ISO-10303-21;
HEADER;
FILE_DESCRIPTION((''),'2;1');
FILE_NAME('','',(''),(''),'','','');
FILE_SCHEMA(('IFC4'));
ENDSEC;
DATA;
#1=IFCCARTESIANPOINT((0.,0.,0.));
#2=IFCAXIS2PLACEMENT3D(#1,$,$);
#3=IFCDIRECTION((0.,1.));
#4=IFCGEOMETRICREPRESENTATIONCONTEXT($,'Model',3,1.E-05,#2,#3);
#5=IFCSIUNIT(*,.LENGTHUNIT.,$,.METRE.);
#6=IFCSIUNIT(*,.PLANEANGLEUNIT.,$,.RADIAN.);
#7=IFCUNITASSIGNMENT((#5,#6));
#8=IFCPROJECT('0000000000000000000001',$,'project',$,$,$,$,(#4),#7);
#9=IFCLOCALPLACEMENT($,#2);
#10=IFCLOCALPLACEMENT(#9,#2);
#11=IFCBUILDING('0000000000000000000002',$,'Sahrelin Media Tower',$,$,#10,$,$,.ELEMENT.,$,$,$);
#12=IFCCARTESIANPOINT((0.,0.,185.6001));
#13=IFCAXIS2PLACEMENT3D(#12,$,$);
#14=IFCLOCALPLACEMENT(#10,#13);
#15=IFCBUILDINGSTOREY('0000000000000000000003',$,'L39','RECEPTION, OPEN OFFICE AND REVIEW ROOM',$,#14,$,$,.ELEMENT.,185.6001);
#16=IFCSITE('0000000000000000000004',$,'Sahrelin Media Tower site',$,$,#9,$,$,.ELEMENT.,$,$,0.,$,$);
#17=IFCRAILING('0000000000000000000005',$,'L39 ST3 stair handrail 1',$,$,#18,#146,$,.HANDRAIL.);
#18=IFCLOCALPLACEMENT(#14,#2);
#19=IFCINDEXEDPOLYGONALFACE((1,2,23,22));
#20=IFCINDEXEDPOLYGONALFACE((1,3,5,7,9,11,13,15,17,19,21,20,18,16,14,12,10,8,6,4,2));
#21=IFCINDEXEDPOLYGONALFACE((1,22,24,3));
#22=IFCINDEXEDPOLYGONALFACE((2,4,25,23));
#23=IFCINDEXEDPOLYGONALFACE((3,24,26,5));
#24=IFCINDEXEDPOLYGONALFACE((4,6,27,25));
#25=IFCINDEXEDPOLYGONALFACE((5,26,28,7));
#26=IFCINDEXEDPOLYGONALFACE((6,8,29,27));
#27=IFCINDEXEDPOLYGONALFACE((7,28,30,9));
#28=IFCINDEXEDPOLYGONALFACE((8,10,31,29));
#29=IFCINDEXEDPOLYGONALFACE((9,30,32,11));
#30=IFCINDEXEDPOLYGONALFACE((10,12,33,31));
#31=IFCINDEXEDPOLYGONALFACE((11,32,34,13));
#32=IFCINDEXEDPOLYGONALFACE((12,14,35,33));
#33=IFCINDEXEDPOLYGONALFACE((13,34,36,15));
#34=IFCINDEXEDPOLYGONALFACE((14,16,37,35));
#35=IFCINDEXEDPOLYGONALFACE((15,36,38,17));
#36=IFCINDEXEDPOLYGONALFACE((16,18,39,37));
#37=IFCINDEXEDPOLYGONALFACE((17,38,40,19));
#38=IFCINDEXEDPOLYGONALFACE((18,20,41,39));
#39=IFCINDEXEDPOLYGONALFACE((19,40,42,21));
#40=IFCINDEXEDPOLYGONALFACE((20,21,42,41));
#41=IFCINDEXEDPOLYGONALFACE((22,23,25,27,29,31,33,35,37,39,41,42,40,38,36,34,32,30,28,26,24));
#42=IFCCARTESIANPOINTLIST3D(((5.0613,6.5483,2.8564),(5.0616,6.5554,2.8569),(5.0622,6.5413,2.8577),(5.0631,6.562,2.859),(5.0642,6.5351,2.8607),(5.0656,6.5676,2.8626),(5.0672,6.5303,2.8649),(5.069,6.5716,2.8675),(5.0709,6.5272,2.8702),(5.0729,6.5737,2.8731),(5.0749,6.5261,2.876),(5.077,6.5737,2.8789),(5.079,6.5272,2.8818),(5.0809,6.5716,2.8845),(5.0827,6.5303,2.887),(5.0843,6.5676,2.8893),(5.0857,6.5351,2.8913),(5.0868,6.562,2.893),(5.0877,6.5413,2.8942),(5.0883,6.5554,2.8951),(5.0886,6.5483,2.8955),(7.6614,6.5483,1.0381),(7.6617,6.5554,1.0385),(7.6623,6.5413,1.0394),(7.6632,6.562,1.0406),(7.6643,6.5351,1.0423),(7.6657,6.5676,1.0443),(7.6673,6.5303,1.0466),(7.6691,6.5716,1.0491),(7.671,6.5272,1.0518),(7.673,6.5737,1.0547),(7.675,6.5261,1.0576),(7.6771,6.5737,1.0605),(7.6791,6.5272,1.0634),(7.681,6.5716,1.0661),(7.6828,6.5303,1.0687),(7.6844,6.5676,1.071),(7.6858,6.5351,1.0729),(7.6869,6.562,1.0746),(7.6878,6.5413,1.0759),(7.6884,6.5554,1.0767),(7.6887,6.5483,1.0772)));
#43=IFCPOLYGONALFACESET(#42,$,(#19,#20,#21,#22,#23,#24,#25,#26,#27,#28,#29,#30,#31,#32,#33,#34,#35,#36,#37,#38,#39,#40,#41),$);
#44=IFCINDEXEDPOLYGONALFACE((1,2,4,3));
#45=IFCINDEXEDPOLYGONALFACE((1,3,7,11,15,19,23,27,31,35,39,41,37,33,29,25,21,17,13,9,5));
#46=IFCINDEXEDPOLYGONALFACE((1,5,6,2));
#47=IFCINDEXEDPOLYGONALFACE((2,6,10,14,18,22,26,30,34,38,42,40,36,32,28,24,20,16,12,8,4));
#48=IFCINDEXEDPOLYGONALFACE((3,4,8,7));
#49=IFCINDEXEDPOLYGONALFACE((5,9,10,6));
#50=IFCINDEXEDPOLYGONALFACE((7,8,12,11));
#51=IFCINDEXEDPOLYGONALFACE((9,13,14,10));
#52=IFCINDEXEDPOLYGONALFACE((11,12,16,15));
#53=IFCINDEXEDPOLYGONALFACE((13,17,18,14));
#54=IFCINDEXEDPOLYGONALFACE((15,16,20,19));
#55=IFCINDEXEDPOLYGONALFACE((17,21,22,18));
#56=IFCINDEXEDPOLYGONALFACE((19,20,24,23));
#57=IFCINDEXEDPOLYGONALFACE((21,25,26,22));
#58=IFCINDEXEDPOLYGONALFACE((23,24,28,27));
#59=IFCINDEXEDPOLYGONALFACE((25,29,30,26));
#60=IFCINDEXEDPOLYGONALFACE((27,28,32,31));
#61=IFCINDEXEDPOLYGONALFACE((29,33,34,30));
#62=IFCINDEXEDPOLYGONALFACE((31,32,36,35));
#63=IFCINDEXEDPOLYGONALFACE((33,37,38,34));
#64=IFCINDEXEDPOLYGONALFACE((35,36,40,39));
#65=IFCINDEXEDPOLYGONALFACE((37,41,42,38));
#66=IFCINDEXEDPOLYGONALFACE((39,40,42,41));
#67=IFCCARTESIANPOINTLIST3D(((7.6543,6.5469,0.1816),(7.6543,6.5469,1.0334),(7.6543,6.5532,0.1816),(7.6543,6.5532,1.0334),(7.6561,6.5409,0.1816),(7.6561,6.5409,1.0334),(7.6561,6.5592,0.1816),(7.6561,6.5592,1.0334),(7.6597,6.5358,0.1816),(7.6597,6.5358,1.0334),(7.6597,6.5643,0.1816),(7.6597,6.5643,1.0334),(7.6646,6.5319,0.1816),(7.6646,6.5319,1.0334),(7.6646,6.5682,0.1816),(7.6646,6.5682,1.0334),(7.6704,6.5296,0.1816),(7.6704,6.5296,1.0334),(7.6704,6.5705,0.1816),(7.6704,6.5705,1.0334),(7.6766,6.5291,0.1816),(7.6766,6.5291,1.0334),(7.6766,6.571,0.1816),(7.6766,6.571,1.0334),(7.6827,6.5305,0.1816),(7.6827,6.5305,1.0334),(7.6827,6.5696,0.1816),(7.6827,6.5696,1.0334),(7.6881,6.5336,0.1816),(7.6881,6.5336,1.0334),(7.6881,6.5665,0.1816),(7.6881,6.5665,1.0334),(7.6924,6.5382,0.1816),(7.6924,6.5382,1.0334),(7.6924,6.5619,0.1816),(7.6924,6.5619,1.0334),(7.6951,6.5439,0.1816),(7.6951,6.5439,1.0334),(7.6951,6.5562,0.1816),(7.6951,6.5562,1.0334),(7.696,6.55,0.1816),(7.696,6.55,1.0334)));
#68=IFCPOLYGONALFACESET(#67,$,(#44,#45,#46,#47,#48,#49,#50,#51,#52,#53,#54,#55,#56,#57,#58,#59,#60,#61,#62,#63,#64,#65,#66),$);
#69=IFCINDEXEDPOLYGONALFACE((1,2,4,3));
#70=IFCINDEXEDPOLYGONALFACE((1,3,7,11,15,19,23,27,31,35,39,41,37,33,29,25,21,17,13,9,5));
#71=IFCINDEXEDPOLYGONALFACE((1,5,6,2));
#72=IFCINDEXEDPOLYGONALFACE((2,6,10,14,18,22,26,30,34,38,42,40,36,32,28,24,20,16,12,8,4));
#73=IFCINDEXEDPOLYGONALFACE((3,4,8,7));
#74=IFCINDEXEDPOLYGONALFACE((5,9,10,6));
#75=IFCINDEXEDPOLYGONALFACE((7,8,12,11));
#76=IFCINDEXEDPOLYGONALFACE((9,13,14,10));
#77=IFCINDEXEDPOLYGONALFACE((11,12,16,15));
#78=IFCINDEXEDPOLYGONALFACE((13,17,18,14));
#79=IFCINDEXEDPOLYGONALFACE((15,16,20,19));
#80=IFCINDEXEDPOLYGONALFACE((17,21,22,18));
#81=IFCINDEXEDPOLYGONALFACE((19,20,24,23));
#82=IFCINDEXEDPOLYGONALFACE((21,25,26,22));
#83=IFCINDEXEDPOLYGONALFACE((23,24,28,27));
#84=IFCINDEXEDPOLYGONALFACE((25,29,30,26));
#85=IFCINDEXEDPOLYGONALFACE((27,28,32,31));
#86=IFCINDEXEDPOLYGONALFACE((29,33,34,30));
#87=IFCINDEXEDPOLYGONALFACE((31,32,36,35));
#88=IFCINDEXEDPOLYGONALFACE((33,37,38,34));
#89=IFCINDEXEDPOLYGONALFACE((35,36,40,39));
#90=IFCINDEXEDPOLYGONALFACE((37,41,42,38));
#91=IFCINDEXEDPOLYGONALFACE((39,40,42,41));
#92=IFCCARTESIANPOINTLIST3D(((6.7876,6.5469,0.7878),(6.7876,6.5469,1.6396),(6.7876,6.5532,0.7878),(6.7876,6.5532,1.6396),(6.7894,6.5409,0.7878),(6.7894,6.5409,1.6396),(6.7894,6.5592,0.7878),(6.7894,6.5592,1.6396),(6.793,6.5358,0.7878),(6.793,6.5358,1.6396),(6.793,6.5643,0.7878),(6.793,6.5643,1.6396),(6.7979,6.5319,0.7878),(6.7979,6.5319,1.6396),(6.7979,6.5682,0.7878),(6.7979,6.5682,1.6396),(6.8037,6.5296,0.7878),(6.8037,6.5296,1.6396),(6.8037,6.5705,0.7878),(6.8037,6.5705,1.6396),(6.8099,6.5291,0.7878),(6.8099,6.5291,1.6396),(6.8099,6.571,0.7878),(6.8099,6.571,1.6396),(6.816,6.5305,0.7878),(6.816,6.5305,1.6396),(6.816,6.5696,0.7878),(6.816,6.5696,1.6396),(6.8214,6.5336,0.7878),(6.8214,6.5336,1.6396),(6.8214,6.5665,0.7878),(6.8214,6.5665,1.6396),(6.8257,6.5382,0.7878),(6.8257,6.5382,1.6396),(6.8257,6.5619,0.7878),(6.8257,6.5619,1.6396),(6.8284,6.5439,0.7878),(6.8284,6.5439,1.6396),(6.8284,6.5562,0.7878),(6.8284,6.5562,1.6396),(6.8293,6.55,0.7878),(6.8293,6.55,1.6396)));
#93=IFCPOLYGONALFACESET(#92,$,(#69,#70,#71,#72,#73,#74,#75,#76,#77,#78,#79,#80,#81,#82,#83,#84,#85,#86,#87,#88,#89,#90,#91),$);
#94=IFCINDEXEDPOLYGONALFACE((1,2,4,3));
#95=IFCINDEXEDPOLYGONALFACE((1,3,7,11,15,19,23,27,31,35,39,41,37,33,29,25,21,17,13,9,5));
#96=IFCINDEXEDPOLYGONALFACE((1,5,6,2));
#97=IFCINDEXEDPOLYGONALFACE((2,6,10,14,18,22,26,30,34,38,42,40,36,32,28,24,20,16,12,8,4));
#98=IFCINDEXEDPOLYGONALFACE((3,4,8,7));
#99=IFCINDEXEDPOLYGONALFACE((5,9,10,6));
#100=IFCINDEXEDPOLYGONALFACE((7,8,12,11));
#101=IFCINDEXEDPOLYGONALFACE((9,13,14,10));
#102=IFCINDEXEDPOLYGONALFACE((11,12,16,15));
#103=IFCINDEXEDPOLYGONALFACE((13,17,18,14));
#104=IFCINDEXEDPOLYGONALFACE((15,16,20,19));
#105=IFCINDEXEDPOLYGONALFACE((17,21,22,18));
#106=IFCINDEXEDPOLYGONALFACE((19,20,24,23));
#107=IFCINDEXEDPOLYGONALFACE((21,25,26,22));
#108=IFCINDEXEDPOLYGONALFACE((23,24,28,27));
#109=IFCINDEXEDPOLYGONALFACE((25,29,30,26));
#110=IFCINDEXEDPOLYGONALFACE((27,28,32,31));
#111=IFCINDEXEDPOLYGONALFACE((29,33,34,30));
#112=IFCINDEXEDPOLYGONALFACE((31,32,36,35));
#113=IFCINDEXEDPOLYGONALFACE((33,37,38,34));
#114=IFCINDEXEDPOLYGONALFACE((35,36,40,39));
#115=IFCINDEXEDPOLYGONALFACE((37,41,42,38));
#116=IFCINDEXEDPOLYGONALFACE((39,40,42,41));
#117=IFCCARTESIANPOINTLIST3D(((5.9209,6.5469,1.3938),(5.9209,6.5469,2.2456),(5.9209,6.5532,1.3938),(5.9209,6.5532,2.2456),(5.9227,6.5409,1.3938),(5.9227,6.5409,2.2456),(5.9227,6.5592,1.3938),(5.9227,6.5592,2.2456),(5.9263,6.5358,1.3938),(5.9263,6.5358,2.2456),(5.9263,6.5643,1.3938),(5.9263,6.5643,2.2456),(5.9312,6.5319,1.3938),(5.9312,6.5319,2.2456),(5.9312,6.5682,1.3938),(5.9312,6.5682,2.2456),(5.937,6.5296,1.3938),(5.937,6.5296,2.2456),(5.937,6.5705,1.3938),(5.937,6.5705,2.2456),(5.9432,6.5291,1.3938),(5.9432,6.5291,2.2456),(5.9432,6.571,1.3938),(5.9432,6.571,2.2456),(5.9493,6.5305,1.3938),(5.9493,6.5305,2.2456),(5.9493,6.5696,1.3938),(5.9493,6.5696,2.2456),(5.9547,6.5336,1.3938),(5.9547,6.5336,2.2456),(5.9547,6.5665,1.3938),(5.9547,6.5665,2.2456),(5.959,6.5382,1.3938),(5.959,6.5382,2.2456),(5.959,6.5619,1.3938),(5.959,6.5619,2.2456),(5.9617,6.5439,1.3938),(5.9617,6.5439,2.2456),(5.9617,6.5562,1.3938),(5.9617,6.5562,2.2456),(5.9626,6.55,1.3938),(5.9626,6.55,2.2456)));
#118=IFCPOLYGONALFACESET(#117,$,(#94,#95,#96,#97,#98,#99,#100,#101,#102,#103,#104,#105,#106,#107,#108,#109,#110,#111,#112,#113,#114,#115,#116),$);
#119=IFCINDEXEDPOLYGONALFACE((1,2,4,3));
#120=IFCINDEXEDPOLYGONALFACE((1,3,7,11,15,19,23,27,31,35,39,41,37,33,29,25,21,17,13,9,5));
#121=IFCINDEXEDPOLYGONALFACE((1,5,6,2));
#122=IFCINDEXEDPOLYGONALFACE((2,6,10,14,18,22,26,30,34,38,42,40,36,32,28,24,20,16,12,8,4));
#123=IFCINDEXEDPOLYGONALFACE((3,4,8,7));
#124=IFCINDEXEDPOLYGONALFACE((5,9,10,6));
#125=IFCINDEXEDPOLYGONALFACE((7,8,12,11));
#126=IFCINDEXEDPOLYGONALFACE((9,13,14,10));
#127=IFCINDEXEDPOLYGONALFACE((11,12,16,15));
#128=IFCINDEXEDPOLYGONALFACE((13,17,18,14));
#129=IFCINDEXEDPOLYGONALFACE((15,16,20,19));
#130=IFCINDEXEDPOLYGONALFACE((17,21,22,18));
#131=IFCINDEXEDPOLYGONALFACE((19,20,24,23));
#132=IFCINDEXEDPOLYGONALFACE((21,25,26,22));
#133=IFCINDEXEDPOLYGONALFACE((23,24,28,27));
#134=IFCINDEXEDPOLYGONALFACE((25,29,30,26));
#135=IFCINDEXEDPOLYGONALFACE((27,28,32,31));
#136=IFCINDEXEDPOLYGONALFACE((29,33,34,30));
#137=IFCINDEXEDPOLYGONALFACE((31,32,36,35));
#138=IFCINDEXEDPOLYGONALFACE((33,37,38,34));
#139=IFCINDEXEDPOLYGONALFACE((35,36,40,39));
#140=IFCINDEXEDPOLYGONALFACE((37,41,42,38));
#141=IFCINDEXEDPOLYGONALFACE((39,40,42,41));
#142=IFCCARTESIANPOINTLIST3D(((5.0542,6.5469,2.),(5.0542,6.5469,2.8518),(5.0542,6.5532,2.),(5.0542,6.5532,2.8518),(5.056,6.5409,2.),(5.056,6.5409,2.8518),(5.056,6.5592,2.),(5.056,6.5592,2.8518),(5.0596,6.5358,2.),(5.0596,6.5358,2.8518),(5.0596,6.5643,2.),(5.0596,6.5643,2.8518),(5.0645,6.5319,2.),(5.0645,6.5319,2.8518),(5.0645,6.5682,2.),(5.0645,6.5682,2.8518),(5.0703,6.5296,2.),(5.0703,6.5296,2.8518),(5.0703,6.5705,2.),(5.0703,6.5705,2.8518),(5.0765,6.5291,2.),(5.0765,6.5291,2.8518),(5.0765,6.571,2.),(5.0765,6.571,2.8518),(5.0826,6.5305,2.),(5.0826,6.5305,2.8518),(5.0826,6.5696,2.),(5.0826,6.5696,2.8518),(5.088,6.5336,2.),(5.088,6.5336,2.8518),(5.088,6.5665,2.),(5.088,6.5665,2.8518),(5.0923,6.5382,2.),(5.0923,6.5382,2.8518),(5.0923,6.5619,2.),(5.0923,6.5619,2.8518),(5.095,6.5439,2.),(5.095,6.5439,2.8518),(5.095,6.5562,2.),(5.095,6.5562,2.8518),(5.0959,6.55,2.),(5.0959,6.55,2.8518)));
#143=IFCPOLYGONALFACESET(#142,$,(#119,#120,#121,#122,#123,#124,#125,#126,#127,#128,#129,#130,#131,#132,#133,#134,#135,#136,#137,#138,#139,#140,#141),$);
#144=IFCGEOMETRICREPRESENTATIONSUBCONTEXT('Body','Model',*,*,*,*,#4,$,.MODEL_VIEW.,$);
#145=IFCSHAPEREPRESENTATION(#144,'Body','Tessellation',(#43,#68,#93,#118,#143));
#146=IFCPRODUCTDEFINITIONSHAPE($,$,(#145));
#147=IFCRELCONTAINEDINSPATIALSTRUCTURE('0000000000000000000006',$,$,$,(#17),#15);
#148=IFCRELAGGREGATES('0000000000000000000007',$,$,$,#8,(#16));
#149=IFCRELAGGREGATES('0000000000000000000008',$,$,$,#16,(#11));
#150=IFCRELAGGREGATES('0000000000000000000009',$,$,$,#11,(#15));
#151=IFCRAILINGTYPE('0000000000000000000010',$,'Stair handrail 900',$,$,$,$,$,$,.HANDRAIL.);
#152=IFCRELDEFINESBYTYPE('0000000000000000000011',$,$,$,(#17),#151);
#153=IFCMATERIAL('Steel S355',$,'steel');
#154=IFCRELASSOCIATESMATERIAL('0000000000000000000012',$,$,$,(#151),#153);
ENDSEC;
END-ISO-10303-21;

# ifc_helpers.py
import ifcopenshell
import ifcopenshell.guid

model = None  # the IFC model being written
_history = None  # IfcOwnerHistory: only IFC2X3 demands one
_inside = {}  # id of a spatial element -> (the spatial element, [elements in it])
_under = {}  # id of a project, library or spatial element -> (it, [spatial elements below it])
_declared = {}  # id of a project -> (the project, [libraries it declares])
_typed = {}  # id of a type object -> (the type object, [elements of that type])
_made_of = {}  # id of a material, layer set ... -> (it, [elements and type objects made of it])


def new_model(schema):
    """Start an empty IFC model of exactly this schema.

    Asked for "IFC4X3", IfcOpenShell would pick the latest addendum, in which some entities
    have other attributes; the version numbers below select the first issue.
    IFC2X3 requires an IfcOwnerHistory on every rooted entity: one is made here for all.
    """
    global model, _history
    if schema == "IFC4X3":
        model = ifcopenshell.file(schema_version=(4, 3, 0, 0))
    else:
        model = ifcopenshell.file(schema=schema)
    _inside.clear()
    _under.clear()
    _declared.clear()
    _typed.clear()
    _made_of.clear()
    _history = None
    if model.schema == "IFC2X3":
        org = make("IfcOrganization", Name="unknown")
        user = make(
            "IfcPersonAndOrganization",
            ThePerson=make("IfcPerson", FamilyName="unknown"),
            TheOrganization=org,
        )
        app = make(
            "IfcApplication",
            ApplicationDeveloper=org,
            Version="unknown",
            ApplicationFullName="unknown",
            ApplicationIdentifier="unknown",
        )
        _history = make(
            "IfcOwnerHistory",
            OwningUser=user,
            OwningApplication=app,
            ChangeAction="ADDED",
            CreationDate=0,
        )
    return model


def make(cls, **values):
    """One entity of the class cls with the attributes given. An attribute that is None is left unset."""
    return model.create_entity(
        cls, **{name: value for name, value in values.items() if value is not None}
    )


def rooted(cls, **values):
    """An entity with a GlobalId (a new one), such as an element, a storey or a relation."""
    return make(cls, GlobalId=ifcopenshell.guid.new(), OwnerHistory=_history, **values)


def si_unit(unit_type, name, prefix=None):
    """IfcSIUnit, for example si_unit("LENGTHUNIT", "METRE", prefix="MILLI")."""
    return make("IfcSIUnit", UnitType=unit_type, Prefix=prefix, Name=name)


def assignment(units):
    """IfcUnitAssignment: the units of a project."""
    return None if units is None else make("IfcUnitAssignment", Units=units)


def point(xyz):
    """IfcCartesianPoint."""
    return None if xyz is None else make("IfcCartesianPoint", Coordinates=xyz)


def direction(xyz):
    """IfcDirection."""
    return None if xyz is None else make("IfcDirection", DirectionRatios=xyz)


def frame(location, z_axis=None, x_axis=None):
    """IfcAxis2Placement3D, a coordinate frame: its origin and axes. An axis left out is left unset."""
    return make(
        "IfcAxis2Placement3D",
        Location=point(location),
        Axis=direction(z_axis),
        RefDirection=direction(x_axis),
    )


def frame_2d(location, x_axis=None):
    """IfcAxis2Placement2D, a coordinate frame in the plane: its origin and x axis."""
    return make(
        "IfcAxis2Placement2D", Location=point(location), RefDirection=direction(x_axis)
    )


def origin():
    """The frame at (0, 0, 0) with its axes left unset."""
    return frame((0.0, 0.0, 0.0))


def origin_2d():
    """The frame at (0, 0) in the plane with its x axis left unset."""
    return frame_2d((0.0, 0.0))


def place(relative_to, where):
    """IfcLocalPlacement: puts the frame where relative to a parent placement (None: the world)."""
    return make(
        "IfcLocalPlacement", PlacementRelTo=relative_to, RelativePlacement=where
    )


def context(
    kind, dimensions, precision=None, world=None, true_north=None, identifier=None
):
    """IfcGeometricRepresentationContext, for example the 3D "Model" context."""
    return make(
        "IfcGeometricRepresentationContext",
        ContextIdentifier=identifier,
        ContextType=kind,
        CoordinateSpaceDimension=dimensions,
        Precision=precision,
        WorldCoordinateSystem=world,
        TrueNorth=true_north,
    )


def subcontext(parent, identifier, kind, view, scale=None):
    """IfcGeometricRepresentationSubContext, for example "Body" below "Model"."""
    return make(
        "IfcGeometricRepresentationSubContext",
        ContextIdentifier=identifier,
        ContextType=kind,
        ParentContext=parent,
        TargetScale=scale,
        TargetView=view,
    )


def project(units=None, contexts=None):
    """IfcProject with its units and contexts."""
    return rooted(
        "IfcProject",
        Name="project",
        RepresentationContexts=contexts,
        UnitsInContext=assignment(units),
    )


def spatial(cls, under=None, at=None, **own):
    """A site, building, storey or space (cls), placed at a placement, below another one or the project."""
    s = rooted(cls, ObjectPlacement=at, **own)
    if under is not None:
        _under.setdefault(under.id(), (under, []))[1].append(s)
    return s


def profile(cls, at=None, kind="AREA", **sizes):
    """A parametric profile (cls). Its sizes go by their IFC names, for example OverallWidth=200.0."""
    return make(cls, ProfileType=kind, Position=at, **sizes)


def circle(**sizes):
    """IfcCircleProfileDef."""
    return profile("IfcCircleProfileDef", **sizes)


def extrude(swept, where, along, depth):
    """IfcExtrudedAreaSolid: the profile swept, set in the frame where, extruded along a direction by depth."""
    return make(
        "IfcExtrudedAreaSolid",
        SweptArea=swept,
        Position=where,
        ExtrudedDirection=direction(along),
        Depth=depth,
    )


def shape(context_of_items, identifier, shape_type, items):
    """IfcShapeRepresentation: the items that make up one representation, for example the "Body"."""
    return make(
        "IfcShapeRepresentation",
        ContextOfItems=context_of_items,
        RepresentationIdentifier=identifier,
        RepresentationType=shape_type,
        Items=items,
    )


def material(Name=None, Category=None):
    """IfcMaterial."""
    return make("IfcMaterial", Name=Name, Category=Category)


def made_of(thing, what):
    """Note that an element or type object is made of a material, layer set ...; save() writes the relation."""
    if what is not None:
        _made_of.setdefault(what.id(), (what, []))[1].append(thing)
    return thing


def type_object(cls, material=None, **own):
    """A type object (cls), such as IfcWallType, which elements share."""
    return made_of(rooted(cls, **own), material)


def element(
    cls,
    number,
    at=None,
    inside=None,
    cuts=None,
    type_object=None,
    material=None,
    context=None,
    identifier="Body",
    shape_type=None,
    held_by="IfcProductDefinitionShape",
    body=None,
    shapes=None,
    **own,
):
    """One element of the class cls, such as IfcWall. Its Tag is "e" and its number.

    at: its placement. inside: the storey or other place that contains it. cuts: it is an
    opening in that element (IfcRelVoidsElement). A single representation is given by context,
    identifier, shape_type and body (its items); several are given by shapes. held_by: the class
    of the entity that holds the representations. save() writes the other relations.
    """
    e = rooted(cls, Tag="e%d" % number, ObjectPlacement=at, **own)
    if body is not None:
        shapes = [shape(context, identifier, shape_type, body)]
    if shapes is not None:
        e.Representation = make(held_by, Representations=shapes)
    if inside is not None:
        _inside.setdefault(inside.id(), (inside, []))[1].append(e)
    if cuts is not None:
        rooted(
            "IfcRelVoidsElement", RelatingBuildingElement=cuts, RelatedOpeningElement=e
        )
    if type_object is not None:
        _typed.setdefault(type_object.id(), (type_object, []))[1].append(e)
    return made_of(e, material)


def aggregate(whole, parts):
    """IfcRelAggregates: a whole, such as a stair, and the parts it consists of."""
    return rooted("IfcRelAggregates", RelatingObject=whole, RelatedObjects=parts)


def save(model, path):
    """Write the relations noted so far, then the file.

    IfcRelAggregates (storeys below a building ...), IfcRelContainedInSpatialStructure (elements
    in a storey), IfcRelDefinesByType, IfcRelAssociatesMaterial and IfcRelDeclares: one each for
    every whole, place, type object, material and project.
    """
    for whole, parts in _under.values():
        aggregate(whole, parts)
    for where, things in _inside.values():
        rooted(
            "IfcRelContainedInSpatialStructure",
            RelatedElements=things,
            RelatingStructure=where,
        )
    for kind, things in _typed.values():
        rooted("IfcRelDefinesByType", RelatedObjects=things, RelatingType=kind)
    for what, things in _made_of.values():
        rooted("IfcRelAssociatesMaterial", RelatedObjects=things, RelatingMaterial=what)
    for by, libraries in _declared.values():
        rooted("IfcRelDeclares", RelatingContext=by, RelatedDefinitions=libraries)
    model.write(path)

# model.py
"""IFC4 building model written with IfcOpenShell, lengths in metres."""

from ifc_helpers import new_model, si_unit, direction, frame, origin, origin_2d, place, context, subcontext, project, spatial, circle, extrude, material, type_object, element, save


model = new_model("IFC4")

# Units and contexts
model_context = context("Model", 3, precision=1e-05, world=origin(), true_north=direction((0.0, 1.0)))
body_context = subcontext(model_context, "Body", "Model", "MODEL_VIEW")
ifc_project = project(units=[si_unit("LENGTHUNIT", "METRE"), si_unit("PLANEANGLEUNIT", "RADIAN")], contexts=[model_context])

# Site, building, storey
site_placement = place(None, origin())
site = spatial("IfcSite", under=ifc_project, at=site_placement, Name="Sahrelin Media Tower site", CompositionType="ELEMENT", RefElevation=0.0)
building_placement = place(site_placement, origin())
building = spatial("IfcBuilding", under=site, at=building_placement, Name="Sahrelin Media Tower", CompositionType="ELEMENT")
storey_placement = place(building_placement, frame((0.0, 0.0, 185.6001)))
storey = spatial("IfcBuildingStorey", under=building, at=storey_placement, Name="L39", Description="RECEPTION, OPEN OFFICE AND REVIEW ROOM", CompositionType="ELEMENT", Elevation=185.6001)

# Shared definitions
ifc_material_1 = material(Name="Steel S355", Category="steel")

# Railing
railing_type_1 = type_object("IfcRailingType", Name="Stair handrail 900", PredefinedType="HANDRAIL", material=ifc_material_1)
railing_1_placement = place(storey_placement, frame((7.675, 6.55, 0.1816)))
element("IfcRailing", 1, at=railing_1_placement, inside=storey, type_object=railing_type_1, Name="L39 ST3 stair handrail 1", PredefinedType="HANDRAIL", context=body_context, shape_type="SweptSolid", body=[
    extrude(circle(Radius=0.0239, at=origin_2d()), frame((0.0, 0.0, 0.876), z_axis=(-0.819485, 0.0, 0.573101), x_axis=(0.0, -1.0, 0.0)), (0.0, 0.0, 1.0), 3.1729),
    extrude(circle(Radius=0.021, at=origin_2d()), origin(), (0.0, 0.0, 1.0), 0.8518),
    extrude(circle(Radius=0.021, at=origin_2d()), frame((-0.8667, 0.0, 0.6062)), (0.0, 0.0, 1.0), 0.8518),
    extrude(circle(Radius=0.021, at=origin_2d()), frame((-1.7334, 0.0, 1.2122)), (0.0, 0.0, 1.0), 0.8518),
    extrude(circle(Radius=0.021, at=origin_2d()), frame((-2.6001, 0.0, 1.8184)), (0.0, 0.0, 1.0), 0.8518),
])

save(model, "model.ifc")
